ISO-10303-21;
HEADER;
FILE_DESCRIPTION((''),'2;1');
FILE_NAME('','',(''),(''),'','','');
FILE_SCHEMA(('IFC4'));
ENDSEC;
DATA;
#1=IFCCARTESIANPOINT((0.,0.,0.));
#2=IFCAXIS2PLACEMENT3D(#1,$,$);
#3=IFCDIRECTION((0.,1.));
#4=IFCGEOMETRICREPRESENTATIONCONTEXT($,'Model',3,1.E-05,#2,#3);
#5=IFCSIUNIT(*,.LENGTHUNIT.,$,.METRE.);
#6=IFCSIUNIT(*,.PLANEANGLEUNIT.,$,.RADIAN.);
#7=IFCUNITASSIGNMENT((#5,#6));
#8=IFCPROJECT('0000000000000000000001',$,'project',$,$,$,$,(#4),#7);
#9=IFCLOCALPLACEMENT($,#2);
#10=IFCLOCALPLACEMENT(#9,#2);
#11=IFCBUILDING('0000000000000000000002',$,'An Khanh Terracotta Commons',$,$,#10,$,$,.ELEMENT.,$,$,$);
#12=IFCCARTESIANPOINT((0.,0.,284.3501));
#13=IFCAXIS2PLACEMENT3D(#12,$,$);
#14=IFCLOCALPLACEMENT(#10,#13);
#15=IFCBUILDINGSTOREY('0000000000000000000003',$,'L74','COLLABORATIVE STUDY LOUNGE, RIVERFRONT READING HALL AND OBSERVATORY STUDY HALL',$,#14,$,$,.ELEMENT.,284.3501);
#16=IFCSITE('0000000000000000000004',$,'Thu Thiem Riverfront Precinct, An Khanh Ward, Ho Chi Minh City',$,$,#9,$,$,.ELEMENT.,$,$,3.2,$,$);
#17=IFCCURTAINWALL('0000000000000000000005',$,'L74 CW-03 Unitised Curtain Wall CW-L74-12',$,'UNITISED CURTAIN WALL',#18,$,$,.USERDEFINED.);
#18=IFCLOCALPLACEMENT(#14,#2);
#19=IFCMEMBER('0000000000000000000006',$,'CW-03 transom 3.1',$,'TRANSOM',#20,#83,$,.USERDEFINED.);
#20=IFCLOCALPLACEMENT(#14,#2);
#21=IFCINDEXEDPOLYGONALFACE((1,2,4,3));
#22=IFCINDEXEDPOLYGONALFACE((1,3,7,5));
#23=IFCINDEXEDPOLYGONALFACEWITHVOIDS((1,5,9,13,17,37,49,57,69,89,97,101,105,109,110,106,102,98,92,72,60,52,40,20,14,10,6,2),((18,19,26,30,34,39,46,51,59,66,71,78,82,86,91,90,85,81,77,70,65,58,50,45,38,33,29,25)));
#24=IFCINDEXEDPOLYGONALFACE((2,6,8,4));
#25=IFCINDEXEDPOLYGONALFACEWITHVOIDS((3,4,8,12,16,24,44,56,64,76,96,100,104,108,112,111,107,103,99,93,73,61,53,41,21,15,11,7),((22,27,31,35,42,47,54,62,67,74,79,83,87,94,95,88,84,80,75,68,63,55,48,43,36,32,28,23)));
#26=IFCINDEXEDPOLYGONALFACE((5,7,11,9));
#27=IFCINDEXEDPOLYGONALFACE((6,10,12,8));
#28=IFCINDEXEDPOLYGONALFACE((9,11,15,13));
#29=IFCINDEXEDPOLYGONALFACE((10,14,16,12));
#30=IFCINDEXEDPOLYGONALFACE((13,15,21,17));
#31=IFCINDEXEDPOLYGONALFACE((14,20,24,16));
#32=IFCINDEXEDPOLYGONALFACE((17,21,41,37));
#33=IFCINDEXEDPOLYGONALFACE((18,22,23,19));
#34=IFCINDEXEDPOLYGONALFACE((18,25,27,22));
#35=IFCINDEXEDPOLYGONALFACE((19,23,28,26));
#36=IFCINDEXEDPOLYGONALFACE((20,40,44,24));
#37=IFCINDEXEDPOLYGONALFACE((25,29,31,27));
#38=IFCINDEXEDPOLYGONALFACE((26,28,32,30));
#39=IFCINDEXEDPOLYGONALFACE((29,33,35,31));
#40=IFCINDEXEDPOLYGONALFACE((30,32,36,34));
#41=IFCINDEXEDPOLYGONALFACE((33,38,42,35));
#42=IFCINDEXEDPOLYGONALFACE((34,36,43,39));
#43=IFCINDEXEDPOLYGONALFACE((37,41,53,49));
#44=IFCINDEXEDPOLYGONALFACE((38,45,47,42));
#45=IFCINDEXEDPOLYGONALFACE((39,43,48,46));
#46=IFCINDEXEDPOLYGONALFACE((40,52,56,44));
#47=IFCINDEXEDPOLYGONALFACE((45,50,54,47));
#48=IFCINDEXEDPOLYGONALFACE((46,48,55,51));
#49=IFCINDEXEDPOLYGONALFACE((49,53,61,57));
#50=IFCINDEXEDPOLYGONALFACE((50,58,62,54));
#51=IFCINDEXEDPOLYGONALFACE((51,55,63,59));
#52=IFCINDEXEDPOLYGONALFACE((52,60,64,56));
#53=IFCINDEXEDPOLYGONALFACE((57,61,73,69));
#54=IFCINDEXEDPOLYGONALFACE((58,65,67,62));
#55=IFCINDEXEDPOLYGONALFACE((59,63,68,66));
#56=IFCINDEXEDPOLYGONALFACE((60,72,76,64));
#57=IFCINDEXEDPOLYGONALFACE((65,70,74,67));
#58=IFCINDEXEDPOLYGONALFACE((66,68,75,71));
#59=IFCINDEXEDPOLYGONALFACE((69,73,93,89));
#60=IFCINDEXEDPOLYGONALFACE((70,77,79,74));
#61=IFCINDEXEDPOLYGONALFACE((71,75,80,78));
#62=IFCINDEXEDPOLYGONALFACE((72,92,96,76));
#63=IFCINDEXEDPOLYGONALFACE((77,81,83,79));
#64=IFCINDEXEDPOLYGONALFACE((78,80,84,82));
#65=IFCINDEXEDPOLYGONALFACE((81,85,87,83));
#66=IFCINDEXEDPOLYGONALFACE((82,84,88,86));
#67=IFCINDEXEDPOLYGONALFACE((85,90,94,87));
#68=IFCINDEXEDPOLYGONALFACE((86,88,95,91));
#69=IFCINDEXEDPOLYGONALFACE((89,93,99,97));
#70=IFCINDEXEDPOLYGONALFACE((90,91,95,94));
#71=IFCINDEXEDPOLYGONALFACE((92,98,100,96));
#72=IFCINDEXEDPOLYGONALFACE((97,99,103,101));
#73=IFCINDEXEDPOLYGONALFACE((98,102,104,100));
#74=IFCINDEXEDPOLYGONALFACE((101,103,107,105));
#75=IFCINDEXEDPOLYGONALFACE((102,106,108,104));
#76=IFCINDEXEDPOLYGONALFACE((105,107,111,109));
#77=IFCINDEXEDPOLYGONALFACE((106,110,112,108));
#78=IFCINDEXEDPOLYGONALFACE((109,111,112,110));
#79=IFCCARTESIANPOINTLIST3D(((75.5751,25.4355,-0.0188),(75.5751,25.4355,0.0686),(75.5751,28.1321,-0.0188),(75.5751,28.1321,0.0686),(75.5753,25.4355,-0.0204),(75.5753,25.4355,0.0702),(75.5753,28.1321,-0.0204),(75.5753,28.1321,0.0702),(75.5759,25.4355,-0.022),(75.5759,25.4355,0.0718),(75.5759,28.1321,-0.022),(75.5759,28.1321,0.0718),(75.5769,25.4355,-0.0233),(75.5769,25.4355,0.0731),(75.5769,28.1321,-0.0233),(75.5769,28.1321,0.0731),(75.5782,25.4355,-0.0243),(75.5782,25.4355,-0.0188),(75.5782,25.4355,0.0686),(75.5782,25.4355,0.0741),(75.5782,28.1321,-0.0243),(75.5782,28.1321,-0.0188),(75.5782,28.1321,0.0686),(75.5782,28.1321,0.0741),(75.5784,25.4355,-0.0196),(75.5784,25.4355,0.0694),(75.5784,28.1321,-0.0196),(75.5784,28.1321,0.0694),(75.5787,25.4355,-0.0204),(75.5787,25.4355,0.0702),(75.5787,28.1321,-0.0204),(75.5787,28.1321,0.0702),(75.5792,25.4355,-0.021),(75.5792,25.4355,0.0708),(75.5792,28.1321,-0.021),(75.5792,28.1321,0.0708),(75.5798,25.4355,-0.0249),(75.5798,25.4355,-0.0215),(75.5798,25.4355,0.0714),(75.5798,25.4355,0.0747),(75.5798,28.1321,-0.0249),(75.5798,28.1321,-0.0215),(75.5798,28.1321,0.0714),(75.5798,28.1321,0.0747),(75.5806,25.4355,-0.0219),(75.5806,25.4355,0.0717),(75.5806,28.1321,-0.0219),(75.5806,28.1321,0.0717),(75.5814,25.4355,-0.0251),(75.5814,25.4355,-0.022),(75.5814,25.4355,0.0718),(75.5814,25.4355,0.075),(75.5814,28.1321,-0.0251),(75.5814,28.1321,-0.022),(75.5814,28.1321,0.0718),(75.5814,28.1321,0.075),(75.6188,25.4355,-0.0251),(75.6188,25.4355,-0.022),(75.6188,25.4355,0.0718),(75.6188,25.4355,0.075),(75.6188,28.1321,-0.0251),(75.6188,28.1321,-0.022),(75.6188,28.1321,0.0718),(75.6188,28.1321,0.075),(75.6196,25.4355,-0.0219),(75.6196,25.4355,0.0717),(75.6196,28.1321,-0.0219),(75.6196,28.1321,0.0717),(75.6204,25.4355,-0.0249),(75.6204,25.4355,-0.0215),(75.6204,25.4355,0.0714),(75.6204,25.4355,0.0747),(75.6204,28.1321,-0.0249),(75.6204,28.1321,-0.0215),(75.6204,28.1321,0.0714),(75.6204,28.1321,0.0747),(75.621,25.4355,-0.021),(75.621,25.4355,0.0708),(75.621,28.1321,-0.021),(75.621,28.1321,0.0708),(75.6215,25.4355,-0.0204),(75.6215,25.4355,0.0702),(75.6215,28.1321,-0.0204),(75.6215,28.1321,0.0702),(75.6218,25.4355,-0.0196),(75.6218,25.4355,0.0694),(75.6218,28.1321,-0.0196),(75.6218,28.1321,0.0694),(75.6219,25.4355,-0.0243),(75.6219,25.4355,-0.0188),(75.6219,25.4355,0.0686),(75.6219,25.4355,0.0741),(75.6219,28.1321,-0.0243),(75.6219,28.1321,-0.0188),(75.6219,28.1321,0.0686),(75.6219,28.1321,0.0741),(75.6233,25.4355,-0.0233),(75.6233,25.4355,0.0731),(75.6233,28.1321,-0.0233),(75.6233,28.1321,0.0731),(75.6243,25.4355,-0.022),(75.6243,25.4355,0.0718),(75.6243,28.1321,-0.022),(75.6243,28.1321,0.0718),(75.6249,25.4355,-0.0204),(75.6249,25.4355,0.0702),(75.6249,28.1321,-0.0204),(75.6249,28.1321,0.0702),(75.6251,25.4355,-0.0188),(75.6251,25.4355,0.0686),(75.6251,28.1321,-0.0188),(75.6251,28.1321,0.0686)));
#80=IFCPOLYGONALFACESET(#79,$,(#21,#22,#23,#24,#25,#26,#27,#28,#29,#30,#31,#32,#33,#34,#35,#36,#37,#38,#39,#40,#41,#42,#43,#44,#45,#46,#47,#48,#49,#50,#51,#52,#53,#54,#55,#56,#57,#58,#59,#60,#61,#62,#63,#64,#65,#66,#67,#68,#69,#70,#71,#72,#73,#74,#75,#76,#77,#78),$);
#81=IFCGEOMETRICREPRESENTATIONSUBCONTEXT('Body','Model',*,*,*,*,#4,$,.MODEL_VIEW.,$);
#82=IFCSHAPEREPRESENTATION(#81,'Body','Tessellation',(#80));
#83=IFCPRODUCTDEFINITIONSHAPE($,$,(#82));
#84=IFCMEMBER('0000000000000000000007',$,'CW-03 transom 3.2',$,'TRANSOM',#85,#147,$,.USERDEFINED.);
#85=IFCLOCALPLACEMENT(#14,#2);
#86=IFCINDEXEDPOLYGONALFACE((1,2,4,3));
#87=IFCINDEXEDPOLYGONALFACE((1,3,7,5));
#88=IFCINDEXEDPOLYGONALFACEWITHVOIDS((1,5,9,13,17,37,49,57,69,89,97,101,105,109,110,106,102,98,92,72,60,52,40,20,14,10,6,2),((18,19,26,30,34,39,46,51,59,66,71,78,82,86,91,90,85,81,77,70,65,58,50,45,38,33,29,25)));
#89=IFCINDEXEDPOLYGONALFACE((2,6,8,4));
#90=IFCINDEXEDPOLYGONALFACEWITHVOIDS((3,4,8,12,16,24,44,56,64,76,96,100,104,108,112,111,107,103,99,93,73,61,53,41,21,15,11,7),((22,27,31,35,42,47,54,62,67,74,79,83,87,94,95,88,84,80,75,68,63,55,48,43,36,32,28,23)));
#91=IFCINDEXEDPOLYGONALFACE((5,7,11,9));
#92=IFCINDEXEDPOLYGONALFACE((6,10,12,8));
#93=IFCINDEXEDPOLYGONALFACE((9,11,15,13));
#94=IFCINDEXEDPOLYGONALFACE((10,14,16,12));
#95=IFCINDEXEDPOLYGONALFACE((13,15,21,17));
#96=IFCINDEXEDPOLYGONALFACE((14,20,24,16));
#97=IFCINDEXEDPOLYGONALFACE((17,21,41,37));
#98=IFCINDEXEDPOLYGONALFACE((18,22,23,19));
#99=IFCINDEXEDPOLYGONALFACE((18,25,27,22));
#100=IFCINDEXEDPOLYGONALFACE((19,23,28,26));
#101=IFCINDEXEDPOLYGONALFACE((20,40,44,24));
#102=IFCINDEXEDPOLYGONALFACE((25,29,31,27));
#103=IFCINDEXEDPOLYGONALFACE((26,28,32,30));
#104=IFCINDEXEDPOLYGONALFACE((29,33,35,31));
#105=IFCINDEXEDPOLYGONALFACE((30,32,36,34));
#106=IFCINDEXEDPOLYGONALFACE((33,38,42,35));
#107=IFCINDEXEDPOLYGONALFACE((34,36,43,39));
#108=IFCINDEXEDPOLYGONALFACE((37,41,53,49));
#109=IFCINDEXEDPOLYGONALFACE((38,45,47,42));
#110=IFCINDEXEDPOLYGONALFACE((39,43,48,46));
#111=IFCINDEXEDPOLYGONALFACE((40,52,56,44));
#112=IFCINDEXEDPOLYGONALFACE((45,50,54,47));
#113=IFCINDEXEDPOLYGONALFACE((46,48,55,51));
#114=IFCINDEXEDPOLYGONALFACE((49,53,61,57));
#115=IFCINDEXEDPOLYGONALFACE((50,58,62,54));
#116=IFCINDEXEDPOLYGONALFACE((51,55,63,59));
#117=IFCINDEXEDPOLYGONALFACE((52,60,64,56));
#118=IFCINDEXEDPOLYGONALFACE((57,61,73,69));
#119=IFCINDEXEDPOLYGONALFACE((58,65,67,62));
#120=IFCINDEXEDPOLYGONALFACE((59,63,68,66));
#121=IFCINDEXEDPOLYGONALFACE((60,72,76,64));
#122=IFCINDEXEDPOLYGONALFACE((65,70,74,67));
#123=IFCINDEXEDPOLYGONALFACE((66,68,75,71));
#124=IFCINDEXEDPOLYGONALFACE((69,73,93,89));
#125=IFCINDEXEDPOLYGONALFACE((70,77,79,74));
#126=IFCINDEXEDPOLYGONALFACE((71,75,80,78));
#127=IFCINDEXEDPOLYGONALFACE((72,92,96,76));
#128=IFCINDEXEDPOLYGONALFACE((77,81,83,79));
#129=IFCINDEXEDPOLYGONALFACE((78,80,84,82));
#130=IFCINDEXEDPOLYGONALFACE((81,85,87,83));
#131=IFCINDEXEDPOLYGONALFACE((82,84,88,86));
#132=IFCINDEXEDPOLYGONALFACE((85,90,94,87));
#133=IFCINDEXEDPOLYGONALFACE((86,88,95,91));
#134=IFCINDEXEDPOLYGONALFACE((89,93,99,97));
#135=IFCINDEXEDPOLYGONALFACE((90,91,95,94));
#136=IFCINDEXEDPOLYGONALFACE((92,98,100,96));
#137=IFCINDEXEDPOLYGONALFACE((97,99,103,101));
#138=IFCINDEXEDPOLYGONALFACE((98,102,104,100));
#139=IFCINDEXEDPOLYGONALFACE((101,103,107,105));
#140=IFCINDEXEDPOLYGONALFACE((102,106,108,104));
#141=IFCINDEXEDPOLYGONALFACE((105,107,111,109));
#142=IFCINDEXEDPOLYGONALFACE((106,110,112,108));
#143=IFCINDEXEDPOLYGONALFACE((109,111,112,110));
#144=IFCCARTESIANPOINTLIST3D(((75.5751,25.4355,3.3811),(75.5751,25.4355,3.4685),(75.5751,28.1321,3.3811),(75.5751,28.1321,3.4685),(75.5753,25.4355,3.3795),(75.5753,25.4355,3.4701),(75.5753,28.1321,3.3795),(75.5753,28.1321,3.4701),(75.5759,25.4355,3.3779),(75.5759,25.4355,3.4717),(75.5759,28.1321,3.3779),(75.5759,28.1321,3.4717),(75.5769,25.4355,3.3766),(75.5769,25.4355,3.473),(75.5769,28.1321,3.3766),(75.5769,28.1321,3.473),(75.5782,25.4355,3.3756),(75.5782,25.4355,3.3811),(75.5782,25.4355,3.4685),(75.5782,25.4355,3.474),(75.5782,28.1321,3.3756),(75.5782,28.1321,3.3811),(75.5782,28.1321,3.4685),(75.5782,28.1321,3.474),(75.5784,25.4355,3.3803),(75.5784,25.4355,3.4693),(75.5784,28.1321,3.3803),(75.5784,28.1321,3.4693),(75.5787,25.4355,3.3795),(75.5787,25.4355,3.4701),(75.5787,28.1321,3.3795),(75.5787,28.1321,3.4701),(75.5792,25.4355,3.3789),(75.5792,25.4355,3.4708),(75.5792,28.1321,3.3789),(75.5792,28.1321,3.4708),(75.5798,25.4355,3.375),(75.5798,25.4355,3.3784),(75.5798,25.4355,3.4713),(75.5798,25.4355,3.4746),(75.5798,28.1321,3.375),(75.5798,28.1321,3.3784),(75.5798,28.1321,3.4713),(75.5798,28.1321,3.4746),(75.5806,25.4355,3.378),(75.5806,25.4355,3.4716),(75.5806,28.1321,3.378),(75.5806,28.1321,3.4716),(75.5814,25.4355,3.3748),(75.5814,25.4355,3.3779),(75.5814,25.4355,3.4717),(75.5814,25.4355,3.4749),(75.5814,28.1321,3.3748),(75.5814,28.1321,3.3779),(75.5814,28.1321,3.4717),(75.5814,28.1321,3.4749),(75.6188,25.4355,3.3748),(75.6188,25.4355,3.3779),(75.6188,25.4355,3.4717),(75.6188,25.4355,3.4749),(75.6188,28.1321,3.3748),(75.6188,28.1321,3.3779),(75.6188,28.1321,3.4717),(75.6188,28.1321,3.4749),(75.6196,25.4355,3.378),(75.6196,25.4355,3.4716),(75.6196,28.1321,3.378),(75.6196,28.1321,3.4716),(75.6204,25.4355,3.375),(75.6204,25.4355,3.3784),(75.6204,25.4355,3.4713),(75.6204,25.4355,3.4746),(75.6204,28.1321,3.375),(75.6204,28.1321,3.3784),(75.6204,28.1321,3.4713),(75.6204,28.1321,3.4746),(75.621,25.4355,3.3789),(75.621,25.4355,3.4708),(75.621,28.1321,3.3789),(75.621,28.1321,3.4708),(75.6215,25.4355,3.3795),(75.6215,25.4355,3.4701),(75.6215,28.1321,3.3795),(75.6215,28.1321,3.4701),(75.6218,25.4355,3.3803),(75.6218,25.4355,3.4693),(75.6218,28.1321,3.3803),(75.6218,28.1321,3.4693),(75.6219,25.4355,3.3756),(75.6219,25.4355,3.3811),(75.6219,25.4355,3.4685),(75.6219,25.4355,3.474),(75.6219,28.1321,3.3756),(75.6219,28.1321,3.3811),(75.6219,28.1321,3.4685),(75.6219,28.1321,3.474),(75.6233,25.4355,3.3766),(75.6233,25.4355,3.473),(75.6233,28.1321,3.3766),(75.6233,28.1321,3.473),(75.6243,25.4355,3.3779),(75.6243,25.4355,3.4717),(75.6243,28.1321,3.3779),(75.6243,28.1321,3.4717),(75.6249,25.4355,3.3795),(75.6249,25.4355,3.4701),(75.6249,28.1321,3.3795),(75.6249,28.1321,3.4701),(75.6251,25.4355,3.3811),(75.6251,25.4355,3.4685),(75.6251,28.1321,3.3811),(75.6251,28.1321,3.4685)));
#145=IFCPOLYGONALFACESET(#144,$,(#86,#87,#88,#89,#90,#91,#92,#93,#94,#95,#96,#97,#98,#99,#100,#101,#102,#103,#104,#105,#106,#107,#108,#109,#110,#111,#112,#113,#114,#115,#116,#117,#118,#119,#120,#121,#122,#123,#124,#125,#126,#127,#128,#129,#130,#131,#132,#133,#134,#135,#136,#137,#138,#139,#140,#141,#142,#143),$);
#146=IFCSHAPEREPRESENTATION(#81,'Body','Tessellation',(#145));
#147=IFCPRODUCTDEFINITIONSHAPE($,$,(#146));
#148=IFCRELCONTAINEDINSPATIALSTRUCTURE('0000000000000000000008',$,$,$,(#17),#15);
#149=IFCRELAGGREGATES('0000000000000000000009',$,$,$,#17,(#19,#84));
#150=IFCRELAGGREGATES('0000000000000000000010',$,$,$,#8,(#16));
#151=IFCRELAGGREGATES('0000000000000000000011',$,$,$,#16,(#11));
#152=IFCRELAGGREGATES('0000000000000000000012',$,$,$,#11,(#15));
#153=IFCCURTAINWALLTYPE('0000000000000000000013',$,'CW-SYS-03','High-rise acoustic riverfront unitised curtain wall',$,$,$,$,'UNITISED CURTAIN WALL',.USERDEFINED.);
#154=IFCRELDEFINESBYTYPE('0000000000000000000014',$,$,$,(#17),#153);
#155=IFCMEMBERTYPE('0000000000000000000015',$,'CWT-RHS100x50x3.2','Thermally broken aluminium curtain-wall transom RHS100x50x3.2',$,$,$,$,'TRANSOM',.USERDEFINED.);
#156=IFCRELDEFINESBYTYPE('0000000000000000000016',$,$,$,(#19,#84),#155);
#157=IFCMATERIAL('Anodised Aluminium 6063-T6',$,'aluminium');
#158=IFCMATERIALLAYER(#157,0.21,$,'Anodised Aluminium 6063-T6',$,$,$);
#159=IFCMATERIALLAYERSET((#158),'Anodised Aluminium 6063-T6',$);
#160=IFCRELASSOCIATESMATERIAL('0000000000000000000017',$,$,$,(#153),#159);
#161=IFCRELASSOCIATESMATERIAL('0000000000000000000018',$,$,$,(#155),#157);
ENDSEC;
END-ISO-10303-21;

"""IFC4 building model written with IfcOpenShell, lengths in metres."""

from ifc_helpers import new_model, si_unit, direction, frame, origin, origin_2d, place, context, subcontext, project, spatial, hollow_rectangle, extrude, material, layer, layer_set, material_profile, profile_set, type_object, element, aggregate, save


model = new_model("IFC4")

# Units and contexts
model_context = context("Model", 3, precision=1e-05, world=origin(), true_north=direction((0.0, 1.0)))
body_context = subcontext(model_context, "Body", "Model", "MODEL_VIEW")
ifc_project = project(units=[si_unit("LENGTHUNIT", "METRE"), si_unit("PLANEANGLEUNIT", "RADIAN")], contexts=[model_context])

# Site, building, storey
site_placement = place(None, origin())
site = spatial("IfcSite", under=ifc_project, at=site_placement, Name="Thu Thiem Riverfront Precinct, An Khanh Ward, Ho Chi Minh City", CompositionType="ELEMENT", RefElevation=3.2)
building_placement = place(site_placement, origin())
building = spatial("IfcBuilding", under=site, at=building_placement, Name="An Khanh Terracotta Commons", CompositionType="ELEMENT")
storey_placement = place(building_placement, frame((0.0, 0.0, 284.3501)))
storey = spatial("IfcBuildingStorey", under=building, at=storey_placement, Name="L74", Description="COLLABORATIVE STUDY LOUNGE, RIVERFRONT READING HALL AND OBSERVATORY STUDY HALL", CompositionType="ELEMENT", Elevation=284.3501)

# Curtain wall
ifc_material_1 = material(Name="Anodised Aluminium 6063-T6", Category="aluminium")
ifc_layer_1 = layer(ifc_material_1, 0.21, Name="Anodised Aluminium 6063-T6")
ifc_layer_set_1 = layer_set([ifc_layer_1], Name="Anodised Aluminium 6063-T6")
curtain_wall_type = type_object("IfcCurtainWallType", Name="CW-SYS-03", Description="High-rise acoustic riverfront unitised curtain wall", ElementType="UNITISED CURTAIN WALL", PredefinedType="USERDEFINED", material=ifc_layer_set_1)
curtain_wall_1_placement = place(storey_placement, origin())
curtain_wall_1 = element("IfcCurtainWall", 1, at=curtain_wall_1_placement, inside=storey, type_object=curtain_wall_type, Name="L74 CW-03 Unitised Curtain Wall CW-L74-12", ObjectType="UNITISED CURTAIN WALL", PredefinedType="USERDEFINED")

# Members
ifc_material_profile_1 = material_profile(ifc_material_1, hollow_rectangle(XDim=0.05, YDim=0.1001, WallThickness=0.0032, InnerFilletRadius=0.0032, OuterFilletRadius=0.0063, at=origin_2d()), Name="RHS100x50x3.2")
ifc_profile_set_1 = profile_set([ifc_material_profile_1], Name="Anodised Aluminium 6063-T6")
member_type_1 = type_object("IfcMemberType", Name="CWT-RHS100x50x3.2", Description="Thermally broken aluminium curtain-wall transom RHS100x50x3.2", ElementType="TRANSOM", PredefinedType="USERDEFINED", material=ifc_profile_set_1)
member_1_placement = place(storey_placement, frame((75.6001, 25.4355, 0.0249), z_axis=(0.0, 1.0, 0.0), x_axis=(-1.0, 0.0, 0.0)))
member_1 = element("IfcMember", 2, at=member_1_placement, type_object=member_type_1, Name="CW-03 transom 3.1", ObjectType="TRANSOM", PredefinedType="USERDEFINED", context=body_context, shape_type="SweptSolid", body=[
    extrude(hollow_rectangle(XDim=0.05, YDim=0.1001, WallThickness=0.0032, InnerFilletRadius=0.0032, OuterFilletRadius=0.0063, at=origin_2d()), origin(), (0.0, 0.0, 1.0), 2.6965),
])
member_2_placement = place(storey_placement, frame((75.6001, 25.4355, 3.4248), z_axis=(0.0, 1.0, 0.0), x_axis=(-1.0, 0.0, 0.0)))
member_2 = element("IfcMember", 3, at=member_2_placement, type_object=member_type_1, Name="CW-03 transom 3.2", ObjectType="TRANSOM", PredefinedType="USERDEFINED", context=body_context, shape_type="SweptSolid", body=[
    extrude(hollow_rectangle(XDim=0.05, YDim=0.1001, WallThickness=0.0032, InnerFilletRadius=0.0032, OuterFilletRadius=0.0063, at=origin_2d()), origin(), (0.0, 0.0, 1.0), 2.6965),
])

aggregate(curtain_wall_1, [member_1, member_2])

save(model, "model.ifc")
